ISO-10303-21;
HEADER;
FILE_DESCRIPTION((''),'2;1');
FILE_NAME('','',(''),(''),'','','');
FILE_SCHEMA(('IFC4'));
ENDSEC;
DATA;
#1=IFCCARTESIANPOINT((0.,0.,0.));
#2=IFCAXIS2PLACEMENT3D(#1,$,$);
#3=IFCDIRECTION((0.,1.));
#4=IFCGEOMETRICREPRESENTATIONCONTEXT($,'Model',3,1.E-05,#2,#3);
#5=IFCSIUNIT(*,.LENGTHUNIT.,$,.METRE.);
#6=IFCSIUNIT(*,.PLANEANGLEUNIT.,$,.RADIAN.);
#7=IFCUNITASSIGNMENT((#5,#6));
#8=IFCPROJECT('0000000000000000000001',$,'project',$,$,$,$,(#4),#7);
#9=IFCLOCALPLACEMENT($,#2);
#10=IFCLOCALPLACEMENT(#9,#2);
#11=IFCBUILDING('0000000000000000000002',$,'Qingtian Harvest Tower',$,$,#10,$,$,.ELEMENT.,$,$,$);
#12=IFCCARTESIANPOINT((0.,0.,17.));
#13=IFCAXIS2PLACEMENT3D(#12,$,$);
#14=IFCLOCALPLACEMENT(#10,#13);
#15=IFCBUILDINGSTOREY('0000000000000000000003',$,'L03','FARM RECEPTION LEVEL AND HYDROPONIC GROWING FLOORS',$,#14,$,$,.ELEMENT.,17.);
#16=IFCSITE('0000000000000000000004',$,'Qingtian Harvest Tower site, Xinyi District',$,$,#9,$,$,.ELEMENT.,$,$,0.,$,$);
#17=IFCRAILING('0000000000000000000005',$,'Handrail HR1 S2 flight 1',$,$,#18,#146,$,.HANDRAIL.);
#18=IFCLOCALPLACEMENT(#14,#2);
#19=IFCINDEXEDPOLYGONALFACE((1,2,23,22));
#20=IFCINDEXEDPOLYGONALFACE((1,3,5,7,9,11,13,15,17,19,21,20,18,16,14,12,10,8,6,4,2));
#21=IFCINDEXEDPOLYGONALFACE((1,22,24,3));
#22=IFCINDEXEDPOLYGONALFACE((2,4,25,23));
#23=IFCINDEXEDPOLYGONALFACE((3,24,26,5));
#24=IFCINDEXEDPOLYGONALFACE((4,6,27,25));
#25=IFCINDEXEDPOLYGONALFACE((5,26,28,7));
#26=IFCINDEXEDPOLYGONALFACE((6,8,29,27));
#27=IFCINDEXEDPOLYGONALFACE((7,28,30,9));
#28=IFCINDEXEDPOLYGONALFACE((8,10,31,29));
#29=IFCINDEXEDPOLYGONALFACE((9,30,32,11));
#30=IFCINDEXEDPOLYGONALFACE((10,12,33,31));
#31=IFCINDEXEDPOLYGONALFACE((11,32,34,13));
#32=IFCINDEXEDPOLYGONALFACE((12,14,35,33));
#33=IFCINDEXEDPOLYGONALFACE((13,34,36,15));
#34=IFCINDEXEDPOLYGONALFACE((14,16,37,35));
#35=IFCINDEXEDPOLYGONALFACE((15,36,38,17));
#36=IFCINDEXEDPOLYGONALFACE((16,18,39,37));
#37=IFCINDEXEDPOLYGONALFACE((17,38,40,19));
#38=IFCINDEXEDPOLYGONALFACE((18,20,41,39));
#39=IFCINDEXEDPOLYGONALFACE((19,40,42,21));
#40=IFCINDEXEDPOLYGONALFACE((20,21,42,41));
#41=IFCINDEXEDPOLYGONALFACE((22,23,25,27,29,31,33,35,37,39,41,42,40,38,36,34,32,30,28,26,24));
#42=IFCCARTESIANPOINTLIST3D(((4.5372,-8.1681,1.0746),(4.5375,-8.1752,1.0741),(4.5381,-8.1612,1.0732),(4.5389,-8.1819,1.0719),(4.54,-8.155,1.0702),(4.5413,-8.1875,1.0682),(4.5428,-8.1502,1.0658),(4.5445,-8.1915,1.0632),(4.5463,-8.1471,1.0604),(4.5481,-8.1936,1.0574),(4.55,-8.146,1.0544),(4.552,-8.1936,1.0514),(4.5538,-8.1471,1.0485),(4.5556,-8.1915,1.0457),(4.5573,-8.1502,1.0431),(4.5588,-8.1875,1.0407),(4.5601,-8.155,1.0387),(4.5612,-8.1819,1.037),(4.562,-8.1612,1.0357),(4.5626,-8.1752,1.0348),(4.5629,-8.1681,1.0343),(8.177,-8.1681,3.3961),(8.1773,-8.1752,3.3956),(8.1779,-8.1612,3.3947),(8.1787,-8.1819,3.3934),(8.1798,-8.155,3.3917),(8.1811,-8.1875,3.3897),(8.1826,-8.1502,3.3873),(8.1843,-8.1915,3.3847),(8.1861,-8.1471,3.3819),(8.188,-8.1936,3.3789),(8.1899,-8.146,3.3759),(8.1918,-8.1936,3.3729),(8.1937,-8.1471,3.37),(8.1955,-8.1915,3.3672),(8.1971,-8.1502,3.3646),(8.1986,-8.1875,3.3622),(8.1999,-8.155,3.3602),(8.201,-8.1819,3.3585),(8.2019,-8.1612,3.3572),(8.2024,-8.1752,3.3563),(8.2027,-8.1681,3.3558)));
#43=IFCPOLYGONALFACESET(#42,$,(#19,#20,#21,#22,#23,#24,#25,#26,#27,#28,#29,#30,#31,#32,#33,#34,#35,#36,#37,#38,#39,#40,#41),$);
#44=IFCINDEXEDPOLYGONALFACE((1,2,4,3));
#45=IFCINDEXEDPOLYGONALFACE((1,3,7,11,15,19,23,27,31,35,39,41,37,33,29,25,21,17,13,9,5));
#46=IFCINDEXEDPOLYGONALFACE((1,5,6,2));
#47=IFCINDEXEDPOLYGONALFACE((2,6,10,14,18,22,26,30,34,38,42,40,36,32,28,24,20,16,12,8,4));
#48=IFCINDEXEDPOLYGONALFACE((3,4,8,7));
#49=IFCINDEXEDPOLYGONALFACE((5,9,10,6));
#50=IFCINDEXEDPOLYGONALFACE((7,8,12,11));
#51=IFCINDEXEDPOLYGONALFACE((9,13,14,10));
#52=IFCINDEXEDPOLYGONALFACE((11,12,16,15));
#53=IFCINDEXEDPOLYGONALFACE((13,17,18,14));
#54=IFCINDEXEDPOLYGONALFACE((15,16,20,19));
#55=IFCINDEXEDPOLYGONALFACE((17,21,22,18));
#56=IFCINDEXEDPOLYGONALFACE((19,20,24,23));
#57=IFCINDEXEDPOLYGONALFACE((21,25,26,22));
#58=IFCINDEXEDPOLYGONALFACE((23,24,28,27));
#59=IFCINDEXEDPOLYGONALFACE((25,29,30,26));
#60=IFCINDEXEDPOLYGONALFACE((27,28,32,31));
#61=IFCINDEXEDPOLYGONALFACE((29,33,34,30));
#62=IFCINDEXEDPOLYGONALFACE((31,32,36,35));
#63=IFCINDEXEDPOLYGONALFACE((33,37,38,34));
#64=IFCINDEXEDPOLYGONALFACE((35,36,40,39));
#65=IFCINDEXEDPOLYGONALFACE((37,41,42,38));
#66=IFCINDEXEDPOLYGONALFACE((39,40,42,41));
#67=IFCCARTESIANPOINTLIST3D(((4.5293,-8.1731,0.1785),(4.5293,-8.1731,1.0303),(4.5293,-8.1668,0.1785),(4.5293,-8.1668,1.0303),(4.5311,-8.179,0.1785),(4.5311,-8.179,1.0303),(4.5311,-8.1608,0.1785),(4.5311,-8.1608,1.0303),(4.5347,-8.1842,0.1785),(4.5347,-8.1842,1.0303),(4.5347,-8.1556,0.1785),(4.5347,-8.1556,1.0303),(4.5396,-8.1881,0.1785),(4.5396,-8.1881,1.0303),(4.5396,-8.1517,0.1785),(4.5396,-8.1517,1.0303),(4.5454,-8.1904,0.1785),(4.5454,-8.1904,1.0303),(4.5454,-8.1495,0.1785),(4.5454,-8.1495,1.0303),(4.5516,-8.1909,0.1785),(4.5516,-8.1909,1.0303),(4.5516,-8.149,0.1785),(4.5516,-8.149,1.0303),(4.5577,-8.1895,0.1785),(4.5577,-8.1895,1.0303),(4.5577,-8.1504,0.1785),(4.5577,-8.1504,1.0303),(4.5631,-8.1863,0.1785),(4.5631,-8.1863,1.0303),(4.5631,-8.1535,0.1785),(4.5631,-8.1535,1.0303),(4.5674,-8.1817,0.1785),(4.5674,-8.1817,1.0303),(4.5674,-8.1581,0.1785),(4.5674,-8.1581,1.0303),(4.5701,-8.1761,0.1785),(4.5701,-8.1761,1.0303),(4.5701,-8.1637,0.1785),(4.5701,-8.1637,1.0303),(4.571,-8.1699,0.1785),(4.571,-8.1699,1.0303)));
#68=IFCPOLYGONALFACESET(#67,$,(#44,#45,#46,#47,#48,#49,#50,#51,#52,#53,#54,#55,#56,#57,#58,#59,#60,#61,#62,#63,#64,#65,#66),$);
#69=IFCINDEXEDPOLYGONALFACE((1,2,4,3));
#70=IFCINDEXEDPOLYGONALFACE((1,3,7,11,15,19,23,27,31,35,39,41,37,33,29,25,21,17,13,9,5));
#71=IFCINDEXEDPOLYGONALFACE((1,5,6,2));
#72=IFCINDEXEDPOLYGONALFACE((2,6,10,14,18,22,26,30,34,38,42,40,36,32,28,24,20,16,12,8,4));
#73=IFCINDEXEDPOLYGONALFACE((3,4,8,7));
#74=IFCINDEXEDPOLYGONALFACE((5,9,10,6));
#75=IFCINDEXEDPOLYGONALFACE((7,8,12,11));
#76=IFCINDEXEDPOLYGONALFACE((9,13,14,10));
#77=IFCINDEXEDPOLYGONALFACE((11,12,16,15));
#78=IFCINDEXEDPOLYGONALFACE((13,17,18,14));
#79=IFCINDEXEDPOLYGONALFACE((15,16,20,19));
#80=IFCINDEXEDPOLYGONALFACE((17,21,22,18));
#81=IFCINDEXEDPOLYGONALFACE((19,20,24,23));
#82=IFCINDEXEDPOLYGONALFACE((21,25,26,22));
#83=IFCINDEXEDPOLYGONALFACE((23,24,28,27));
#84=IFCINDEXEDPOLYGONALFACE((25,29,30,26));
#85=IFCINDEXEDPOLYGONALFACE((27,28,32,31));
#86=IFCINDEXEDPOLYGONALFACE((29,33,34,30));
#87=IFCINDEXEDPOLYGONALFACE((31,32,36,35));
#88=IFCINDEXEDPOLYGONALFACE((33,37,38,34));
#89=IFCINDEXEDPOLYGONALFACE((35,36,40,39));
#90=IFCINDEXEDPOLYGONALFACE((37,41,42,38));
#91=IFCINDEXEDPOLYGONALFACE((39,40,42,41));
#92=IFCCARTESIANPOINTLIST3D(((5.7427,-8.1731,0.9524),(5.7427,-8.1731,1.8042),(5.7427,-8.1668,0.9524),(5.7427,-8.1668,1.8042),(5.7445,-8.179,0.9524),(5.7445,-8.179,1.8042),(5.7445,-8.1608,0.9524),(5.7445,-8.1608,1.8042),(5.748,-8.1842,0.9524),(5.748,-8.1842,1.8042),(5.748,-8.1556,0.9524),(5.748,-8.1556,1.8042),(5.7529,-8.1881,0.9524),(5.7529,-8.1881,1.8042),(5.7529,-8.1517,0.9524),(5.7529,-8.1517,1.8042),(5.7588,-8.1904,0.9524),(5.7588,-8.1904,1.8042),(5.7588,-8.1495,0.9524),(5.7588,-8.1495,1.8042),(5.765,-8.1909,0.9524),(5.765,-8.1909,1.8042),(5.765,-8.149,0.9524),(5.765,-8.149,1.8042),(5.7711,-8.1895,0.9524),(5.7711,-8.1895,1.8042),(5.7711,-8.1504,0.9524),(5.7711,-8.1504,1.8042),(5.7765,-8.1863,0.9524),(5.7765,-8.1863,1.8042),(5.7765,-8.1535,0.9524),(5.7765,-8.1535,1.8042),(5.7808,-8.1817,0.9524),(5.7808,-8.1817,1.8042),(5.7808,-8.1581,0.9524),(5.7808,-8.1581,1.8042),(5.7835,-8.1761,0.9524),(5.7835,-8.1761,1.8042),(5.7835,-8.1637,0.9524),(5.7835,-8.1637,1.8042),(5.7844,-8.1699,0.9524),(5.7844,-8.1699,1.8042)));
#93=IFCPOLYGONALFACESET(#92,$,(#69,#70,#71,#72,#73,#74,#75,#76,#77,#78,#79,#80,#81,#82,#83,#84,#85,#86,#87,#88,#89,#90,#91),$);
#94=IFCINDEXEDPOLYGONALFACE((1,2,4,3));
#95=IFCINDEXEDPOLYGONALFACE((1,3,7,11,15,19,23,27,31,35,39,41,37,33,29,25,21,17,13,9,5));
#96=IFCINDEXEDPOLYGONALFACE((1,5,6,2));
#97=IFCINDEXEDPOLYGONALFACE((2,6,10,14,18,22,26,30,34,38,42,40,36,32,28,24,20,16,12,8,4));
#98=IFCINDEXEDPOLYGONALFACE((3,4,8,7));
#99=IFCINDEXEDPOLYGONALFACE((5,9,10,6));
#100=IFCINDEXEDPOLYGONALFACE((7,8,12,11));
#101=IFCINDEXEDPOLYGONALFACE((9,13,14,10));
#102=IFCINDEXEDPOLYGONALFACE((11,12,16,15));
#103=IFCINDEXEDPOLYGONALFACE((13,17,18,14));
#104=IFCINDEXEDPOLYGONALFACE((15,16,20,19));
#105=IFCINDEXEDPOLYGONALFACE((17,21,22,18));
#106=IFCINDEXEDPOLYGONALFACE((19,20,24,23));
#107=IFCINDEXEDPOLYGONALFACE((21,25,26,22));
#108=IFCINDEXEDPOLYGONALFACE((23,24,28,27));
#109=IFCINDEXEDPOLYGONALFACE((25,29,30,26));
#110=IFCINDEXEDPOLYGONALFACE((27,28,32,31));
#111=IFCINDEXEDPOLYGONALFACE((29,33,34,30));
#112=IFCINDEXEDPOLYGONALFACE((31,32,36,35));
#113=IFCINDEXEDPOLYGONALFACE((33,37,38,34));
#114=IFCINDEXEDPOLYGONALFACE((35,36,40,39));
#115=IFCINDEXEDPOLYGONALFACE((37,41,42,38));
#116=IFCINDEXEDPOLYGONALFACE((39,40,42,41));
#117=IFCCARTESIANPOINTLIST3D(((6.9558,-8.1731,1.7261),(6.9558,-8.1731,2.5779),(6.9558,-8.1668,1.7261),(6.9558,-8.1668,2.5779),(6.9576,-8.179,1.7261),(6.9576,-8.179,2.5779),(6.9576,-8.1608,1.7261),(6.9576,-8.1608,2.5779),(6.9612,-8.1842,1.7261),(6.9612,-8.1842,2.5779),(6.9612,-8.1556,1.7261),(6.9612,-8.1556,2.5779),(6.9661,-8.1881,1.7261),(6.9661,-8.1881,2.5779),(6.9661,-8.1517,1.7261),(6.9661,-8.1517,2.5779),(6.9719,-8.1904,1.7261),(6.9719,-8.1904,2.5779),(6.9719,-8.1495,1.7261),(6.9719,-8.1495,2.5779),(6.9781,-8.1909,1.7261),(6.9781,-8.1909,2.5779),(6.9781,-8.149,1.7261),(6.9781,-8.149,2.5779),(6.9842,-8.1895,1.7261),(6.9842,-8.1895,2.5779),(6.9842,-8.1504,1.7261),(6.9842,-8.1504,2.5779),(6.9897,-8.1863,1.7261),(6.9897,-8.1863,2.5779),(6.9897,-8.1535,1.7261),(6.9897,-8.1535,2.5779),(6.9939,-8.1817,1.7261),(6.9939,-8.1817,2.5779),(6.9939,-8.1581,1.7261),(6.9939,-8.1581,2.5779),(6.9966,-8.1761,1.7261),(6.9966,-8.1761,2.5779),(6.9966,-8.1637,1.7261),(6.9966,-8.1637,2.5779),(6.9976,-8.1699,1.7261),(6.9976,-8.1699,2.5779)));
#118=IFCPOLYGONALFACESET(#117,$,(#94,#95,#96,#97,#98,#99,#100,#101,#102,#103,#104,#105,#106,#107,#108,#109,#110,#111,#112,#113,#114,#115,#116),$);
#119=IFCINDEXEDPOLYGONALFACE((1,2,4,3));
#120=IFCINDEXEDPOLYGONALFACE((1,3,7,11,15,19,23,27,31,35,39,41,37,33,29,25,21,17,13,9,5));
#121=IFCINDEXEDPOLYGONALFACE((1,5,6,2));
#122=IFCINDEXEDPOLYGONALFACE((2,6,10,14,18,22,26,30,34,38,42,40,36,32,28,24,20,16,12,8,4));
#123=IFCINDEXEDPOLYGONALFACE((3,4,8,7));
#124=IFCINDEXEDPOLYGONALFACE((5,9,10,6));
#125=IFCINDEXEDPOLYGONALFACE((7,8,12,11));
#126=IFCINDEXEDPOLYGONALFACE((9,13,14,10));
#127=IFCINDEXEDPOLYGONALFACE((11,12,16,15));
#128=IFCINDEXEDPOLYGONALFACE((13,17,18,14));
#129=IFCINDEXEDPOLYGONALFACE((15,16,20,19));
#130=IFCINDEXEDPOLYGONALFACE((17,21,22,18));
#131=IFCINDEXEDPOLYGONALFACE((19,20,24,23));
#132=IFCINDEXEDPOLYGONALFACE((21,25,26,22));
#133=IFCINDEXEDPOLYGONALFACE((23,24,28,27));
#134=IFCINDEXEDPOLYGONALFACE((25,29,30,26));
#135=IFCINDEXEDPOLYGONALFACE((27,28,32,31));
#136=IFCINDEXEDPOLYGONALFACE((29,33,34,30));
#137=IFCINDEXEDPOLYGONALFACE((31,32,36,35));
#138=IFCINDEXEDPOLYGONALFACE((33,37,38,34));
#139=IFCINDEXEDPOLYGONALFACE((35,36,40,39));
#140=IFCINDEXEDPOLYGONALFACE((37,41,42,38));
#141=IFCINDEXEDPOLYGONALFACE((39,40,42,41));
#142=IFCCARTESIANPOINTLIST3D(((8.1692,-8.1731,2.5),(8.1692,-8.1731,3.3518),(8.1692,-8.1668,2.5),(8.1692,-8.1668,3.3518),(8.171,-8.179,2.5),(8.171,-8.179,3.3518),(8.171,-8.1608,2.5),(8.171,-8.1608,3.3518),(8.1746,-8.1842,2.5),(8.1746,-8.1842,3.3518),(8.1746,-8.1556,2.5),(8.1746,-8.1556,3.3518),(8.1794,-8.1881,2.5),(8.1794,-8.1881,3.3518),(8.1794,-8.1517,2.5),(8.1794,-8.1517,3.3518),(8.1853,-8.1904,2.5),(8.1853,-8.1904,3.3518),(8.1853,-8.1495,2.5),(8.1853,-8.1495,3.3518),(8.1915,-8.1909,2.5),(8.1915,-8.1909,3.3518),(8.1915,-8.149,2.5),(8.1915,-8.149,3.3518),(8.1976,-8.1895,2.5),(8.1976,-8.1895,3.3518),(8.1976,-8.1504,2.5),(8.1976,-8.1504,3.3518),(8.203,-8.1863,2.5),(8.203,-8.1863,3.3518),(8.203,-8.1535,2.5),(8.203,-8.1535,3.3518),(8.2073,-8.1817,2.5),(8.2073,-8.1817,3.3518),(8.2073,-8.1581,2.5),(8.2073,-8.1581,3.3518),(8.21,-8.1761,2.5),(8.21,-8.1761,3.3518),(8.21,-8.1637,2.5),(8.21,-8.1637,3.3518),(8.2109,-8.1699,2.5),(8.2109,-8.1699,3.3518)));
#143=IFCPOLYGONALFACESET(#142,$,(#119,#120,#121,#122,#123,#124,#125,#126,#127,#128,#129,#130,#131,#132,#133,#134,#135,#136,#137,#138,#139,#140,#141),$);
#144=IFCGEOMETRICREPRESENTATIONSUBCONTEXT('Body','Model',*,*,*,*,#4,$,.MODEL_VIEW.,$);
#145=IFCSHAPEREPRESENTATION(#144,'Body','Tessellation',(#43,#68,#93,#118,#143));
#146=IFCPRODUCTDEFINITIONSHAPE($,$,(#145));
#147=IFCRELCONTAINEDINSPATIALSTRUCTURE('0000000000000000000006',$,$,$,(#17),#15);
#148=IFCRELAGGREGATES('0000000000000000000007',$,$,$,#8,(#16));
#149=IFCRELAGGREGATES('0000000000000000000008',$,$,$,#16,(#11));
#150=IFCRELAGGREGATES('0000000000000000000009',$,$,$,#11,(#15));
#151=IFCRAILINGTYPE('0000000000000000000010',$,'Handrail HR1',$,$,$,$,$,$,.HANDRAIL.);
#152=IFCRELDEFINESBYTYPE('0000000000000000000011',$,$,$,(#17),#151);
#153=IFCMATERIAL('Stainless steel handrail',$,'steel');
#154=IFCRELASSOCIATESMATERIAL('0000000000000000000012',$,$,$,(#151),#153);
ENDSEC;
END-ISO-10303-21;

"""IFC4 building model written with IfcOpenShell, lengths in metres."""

from ifc_helpers import new_model, si_unit, direction, frame, origin, origin_2d, place, context, subcontext, project, spatial, circle, extrude, material, type_object, element, save


model = new_model("IFC4")

# Units and contexts
model_context = context("Model", 3, precision=1e-05, world=origin(), true_north=direction((0.0, 1.0)))
body_context = subcontext(model_context, "Body", "Model", "MODEL_VIEW")
ifc_project = project(units=[si_unit("LENGTHUNIT", "METRE"), si_unit("PLANEANGLEUNIT", "RADIAN")], contexts=[model_context])

# Site, building, storey
site_placement = place(None, origin())
site = spatial("IfcSite", under=ifc_project, at=site_placement, Name="Qingtian Harvest Tower site, Xinyi District", CompositionType="ELEMENT", RefElevation=0.0)
building_placement = place(site_placement, origin())
building = spatial("IfcBuilding", under=site, at=building_placement, Name="Qingtian Harvest Tower", CompositionType="ELEMENT")
storey_placement = place(building_placement, frame((0.0, 0.0, 17.0)))
storey = spatial("IfcBuildingStorey", under=building, at=storey_placement, Name="L03", Description="FARM RECEPTION LEVEL AND HYDROPONIC GROWING FLOORS", CompositionType="ELEMENT", Elevation=17.0)

# Railing
ifc_material_1 = material(Name="Stainless steel handrail", Category="steel")
railing_type = type_object("IfcRailingType", Name="Handrail HR1", PredefinedType="HANDRAIL", material=ifc_material_1)
railing_1_placement = place(storey_placement, frame((4.55, -8.1699, 0.1785)))
element("IfcRailing", 1, at=railing_1_placement, inside=storey, type_object=railing_type, Name="Handrail HR1 S2 flight 1", PredefinedType="HANDRAIL", context=body_context, shape_type="SweptSolid", body=[
    extrude(circle(Radius=0.0239, at=origin_2d()), frame((0.0, 0.0, 0.876), z_axis=(0.843112, 0.0, 0.537739), x_axis=(0.0, 1.0, 0.0)), (0.0, 0.0, 1.0), 4.3171),
    extrude(circle(Radius=0.021, at=origin_2d()), origin(), (0.0, 0.0, 1.0), 0.8518),
    extrude(circle(Radius=0.021, at=origin_2d()), frame((1.2134, 0.0, 0.7739)), (0.0, 0.0, 1.0), 0.8518),
    extrude(circle(Radius=0.021, at=origin_2d()), frame((2.4265, 0.0, 1.5476)), (0.0, 0.0, 1.0), 0.8518),
    extrude(circle(Radius=0.021, at=origin_2d()), frame((3.6399, 0.0, 2.3215)), (0.0, 0.0, 1.0), 0.8518),
])

save(model, "model.ifc")
